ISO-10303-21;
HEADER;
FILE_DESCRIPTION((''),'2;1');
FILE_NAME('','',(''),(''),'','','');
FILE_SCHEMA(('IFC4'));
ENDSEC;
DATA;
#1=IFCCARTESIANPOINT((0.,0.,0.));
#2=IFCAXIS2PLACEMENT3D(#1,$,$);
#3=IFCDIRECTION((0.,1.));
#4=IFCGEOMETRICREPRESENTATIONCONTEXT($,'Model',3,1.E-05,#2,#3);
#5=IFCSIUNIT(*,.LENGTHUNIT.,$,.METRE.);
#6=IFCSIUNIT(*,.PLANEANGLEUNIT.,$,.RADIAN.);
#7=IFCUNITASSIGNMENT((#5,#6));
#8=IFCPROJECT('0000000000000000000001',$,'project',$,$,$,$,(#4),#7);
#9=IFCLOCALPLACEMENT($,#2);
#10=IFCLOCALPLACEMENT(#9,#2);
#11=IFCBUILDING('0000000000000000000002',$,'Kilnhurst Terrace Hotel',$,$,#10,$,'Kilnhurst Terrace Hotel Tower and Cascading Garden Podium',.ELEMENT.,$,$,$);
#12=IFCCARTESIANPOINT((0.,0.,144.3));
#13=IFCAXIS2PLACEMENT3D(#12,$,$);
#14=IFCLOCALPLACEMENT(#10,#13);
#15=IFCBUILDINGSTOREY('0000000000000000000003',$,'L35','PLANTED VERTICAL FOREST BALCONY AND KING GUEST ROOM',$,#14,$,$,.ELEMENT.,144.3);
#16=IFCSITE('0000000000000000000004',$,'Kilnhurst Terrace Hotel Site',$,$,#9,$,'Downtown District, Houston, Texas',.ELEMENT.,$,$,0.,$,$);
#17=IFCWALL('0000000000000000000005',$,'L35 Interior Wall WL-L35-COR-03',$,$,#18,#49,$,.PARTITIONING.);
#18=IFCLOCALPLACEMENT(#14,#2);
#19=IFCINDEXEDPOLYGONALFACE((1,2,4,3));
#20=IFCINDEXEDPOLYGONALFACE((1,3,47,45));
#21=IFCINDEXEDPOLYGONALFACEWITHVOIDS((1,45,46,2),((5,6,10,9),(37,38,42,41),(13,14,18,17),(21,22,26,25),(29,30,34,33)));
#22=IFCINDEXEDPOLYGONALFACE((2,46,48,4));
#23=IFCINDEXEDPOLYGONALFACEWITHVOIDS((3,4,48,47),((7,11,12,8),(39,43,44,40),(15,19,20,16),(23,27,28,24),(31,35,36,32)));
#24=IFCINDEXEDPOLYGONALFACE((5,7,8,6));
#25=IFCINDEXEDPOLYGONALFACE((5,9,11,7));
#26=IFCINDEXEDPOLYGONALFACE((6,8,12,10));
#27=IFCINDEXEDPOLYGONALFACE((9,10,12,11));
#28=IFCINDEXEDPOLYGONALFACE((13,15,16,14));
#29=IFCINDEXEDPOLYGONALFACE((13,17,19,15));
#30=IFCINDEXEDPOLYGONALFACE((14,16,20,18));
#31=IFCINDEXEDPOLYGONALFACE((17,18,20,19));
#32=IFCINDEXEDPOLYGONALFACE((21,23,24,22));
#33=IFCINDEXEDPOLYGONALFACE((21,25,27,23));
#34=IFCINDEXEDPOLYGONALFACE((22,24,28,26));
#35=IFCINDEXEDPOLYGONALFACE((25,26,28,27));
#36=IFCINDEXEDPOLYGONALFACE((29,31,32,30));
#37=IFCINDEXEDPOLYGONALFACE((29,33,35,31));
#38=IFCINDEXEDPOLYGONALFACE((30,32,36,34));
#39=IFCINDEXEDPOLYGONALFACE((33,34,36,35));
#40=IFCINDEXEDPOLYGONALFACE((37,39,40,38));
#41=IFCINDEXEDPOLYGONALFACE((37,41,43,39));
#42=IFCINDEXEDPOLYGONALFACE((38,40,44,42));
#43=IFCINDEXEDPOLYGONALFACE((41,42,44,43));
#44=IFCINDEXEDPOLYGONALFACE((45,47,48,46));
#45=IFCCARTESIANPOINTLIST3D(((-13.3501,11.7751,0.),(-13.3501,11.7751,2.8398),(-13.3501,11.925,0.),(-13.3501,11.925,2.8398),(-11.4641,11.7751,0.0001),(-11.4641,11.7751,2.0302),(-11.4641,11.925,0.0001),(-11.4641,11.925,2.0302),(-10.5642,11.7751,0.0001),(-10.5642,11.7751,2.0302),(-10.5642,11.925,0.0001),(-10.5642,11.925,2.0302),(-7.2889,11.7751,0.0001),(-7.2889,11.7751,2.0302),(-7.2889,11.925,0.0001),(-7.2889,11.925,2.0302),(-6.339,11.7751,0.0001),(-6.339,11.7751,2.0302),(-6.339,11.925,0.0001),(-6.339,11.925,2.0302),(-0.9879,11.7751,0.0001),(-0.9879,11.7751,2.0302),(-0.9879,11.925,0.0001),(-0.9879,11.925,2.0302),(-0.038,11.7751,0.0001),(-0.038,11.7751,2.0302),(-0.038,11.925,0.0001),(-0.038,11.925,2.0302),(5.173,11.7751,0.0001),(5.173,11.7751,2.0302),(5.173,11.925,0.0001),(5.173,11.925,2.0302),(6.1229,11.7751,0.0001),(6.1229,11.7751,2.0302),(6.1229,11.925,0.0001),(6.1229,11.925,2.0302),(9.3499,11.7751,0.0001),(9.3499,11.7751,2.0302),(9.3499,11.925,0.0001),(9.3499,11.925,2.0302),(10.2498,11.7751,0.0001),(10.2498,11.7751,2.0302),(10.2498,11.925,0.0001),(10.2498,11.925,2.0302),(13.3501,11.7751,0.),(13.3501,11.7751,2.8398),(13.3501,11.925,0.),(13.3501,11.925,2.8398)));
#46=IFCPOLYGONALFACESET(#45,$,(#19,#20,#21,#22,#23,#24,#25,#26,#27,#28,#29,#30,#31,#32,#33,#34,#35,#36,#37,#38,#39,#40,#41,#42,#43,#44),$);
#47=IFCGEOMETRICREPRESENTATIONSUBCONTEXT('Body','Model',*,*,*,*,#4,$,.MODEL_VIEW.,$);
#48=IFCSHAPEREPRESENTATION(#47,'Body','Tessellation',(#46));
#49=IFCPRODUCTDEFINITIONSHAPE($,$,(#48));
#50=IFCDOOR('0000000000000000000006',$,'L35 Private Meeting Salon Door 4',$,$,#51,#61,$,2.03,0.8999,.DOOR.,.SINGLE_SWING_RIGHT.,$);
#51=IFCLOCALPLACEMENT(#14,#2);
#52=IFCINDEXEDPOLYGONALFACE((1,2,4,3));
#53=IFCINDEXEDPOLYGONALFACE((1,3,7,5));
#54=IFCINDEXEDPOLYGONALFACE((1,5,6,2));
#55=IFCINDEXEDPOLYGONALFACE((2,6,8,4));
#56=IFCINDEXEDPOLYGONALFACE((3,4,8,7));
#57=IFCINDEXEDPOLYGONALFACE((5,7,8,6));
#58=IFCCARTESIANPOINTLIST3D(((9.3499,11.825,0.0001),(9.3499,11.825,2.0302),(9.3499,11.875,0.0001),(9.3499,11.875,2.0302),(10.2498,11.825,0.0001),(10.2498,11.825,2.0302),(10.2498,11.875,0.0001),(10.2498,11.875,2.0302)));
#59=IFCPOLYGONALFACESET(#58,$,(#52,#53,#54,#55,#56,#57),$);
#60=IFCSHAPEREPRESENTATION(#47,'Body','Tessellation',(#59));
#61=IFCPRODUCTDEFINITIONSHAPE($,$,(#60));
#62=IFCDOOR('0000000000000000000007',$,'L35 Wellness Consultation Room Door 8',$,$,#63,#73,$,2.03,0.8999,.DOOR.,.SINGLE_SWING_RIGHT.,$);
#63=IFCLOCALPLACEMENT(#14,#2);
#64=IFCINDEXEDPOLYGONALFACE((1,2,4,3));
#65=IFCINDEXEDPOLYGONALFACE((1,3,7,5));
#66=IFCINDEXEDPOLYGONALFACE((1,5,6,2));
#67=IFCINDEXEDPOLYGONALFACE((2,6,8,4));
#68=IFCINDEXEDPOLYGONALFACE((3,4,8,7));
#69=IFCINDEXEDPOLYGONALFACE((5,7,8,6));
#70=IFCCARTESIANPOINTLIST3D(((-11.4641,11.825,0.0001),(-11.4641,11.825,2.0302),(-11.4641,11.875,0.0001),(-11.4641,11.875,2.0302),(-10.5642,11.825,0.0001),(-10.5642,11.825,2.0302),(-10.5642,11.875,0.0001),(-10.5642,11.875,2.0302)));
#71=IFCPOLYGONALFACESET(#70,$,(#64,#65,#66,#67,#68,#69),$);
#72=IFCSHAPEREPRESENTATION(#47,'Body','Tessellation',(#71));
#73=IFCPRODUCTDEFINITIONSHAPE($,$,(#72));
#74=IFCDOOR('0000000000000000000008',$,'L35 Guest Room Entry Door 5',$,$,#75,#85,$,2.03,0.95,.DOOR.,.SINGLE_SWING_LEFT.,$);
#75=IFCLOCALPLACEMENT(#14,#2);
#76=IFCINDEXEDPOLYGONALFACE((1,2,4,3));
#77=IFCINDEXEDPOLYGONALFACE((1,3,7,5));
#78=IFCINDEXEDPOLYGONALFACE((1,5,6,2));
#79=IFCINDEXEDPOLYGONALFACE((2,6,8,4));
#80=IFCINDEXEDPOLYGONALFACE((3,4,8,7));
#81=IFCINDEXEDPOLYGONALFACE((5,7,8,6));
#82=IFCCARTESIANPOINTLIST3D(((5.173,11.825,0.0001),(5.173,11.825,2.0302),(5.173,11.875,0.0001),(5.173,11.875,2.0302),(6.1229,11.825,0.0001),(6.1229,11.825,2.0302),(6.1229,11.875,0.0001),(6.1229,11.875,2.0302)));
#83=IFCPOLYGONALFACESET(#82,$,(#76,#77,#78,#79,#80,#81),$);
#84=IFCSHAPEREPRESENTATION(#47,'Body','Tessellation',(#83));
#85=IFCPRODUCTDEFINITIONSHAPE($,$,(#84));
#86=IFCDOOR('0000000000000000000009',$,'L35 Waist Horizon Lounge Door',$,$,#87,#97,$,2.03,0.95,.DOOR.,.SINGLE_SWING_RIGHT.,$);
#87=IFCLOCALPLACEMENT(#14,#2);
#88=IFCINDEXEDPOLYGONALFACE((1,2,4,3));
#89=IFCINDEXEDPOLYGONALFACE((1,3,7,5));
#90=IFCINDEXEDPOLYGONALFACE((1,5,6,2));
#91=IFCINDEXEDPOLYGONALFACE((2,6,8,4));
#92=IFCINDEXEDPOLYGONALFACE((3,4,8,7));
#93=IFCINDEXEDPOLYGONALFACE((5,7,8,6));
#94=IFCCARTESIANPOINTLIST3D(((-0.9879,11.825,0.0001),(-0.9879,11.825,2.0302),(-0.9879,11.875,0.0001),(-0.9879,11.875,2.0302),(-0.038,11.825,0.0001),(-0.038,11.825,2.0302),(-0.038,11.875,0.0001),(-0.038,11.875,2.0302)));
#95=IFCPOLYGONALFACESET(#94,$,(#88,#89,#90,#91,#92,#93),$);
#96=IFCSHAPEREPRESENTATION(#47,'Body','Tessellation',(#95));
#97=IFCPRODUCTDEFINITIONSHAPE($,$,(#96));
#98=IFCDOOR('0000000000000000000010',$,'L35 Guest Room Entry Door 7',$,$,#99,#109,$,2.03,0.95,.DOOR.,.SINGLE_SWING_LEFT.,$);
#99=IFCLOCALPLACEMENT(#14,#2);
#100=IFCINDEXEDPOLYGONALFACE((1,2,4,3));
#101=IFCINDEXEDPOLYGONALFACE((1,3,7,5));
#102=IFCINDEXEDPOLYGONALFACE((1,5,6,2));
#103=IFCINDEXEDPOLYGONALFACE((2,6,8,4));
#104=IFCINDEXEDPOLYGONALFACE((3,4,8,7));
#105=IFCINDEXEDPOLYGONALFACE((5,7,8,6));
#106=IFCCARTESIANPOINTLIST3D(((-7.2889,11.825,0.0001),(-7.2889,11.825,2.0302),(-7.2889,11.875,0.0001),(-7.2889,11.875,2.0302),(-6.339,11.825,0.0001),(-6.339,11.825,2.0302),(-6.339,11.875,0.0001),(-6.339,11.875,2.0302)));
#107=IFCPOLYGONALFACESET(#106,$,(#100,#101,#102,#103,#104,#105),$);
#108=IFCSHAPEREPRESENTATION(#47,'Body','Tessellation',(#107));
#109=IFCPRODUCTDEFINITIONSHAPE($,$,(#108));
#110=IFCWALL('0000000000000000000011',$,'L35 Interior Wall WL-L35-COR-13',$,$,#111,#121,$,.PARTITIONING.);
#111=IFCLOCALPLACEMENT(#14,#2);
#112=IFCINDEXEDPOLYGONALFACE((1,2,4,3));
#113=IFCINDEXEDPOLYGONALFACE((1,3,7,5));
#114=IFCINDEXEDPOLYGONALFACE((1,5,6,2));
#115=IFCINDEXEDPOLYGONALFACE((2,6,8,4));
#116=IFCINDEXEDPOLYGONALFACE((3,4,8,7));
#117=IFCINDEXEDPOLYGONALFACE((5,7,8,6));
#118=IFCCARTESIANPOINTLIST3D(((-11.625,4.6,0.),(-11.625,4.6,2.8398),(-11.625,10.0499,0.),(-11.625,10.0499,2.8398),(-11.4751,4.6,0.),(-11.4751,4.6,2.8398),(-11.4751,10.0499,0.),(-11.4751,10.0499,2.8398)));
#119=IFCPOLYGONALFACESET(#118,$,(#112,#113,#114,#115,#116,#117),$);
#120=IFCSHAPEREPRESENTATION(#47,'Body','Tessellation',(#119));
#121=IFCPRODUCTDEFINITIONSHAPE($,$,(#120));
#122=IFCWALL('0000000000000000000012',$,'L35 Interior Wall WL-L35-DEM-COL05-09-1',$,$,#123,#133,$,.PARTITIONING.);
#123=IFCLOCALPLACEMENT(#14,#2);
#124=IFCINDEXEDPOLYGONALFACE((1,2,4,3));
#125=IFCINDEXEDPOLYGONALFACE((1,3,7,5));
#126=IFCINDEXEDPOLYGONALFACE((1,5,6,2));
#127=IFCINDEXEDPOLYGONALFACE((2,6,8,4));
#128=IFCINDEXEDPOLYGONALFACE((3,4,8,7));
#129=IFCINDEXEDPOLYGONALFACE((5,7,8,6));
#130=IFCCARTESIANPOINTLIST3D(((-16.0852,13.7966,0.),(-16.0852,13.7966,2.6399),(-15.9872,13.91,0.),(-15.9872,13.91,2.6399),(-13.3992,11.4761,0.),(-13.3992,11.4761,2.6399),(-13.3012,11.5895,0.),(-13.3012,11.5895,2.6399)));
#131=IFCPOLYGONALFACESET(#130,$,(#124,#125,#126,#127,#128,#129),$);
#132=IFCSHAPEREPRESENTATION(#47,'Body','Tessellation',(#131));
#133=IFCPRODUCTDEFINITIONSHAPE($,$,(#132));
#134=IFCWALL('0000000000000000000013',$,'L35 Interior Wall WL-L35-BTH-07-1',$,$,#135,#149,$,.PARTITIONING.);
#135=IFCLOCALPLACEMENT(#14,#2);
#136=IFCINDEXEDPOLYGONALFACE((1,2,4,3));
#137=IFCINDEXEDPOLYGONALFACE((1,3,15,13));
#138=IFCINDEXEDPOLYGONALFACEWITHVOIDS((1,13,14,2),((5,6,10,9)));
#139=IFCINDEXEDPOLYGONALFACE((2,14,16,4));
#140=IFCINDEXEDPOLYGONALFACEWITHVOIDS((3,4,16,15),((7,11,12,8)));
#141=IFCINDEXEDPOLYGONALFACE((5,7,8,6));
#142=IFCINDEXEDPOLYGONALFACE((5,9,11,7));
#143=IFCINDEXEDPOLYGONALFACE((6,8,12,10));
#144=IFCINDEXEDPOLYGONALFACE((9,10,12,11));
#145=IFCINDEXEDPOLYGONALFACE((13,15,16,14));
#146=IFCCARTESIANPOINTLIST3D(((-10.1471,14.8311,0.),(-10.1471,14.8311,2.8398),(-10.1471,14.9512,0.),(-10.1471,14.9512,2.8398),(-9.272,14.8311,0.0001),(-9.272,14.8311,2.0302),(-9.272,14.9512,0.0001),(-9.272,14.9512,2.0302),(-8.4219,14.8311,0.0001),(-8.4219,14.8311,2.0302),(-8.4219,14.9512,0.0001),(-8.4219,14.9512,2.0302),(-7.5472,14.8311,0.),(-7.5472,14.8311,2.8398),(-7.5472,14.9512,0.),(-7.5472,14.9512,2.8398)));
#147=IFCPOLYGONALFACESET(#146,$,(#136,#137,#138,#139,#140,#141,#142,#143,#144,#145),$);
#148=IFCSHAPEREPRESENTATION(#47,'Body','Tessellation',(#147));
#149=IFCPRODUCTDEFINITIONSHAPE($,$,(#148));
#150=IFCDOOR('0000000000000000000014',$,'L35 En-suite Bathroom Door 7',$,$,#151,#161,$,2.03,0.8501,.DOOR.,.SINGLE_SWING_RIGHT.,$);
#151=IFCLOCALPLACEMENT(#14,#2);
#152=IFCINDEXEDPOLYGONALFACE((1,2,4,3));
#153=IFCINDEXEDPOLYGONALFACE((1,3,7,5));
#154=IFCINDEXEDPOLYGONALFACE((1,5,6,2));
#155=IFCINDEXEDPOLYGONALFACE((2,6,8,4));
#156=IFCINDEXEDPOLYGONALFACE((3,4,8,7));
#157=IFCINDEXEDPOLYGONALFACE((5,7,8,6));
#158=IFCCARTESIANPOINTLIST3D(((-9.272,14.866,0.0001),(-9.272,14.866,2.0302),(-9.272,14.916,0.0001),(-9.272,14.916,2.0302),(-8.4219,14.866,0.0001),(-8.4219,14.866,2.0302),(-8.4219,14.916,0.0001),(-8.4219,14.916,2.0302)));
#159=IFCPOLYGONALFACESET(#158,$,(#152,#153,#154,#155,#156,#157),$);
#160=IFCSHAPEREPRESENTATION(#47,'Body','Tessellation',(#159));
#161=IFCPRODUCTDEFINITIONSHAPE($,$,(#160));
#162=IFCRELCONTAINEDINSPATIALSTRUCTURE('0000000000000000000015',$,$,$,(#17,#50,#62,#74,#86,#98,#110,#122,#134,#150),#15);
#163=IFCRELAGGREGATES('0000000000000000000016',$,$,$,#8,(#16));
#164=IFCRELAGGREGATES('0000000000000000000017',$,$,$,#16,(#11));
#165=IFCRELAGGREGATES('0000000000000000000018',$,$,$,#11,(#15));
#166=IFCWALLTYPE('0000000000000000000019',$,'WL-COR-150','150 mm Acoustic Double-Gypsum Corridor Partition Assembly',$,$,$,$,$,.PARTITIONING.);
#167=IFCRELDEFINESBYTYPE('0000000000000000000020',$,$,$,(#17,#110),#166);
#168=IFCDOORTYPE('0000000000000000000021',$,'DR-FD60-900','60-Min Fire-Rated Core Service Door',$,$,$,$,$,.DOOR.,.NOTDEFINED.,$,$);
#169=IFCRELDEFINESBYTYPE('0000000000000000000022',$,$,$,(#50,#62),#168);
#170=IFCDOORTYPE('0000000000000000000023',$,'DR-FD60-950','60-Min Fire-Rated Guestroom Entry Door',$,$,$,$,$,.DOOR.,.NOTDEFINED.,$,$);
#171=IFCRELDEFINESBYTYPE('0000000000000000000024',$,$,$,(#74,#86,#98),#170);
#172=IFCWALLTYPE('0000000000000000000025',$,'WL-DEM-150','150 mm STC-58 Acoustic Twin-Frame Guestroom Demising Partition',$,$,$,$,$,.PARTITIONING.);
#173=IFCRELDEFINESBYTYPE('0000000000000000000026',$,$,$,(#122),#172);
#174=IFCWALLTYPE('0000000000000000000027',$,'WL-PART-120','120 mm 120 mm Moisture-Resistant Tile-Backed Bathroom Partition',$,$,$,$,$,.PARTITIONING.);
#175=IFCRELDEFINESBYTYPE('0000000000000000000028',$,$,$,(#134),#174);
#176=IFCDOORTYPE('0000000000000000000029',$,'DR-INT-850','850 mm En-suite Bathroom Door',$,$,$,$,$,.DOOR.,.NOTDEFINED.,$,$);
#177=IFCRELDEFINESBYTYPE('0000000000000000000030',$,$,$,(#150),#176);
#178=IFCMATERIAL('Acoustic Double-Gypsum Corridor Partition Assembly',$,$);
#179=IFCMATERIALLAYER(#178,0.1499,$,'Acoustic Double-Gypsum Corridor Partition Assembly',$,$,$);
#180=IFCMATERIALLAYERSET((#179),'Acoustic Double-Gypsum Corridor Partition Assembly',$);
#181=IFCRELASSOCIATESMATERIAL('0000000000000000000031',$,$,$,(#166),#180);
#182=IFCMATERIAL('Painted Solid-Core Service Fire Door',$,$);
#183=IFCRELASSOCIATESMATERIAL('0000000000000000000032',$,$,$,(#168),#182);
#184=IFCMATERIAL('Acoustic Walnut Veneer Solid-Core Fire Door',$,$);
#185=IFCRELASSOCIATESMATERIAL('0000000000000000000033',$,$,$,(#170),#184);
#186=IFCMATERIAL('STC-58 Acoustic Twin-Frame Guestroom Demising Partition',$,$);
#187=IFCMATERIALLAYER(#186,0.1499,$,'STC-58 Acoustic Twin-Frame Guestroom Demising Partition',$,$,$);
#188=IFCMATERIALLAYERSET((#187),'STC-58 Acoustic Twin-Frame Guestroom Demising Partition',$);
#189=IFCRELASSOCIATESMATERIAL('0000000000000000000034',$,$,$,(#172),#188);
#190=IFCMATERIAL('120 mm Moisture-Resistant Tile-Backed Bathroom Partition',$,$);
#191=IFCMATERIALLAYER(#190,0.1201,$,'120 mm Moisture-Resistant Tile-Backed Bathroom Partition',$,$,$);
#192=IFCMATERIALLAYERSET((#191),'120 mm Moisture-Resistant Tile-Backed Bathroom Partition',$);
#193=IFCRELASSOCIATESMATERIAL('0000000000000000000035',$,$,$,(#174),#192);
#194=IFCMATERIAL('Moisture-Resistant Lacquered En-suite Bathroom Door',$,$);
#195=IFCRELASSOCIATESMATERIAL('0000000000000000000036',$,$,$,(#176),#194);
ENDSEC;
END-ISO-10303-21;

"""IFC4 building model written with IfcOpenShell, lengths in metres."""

from ifc_helpers import new_model, si_unit, direction, frame, frame_2d, origin, place, context, subcontext, project, spatial, rectangle, extrude, material, layer, layer_set, type_object, element, fill, save


model = new_model("IFC4")

# Units and contexts
model_context = context("Model", 3, precision=1e-05, world=origin(), true_north=direction((0.0, 1.0)))
body_context = subcontext(model_context, "Body", "Model", "MODEL_VIEW")
ifc_project = project(units=[si_unit("LENGTHUNIT", "METRE"), si_unit("PLANEANGLEUNIT", "RADIAN")], contexts=[model_context])

# Site, building, storey
site_placement = place(None, origin())
site = spatial("IfcSite", under=ifc_project, at=site_placement, Name="Kilnhurst Terrace Hotel Site", LongName="Downtown District, Houston, Texas", CompositionType="ELEMENT", RefElevation=0.0)
building_placement = place(site_placement, origin())
building = spatial("IfcBuilding", under=site, at=building_placement, Name="Kilnhurst Terrace Hotel", LongName="Kilnhurst Terrace Hotel Tower and Cascading Garden Podium", CompositionType="ELEMENT")
storey_placement = place(building_placement, frame((0.0, 0.0, 144.3)))
storey = spatial("IfcBuildingStorey", under=building, at=storey_placement, Name="L35", Description="PLANTED VERTICAL FOREST BALCONY AND KING GUEST ROOM", CompositionType="ELEMENT", Elevation=144.3)

# Wall, openings, doors
ifc_material_1 = material(Name="Acoustic Double-Gypsum Corridor Partition Assembly")
ifc_layer_1 = layer(ifc_material_1, 0.1499, Name="Acoustic Double-Gypsum Corridor Partition Assembly")
ifc_layer_set_1 = layer_set([ifc_layer_1], Name="Acoustic Double-Gypsum Corridor Partition Assembly")
wall_type_1 = type_object("IfcWallType", Name="WL-COR-150", Description="150 mm Acoustic Double-Gypsum Corridor Partition Assembly", PredefinedType="PARTITIONING", material=ifc_layer_set_1)
wall_1_placement = place(storey_placement, frame((-13.3501, 11.8501, 0.0), z_axis=(0.0, 0.0, 1.0), x_axis=(1.0, 0.0, 0.0)))
wall_1 = element("IfcWall", 1, at=wall_1_placement, inside=storey, type_object=wall_type_1, Name="L35 Interior Wall WL-L35-COR-03", PredefinedType="PARTITIONING", context=body_context, shape_type="SweptSolid", body=[
    extrude(rectangle(XDim=26.7002, YDim=0.1499, at=frame_2d((13.3501, 0.0))), origin(), (0.0, 0.0, 1.0), 2.8398),
])
opening_1_placement = place(wall_1_placement, frame((22.7, 0.0, 0.0)))
opening_1 = element("IfcOpeningElement", 2, at=opening_1_placement, cuts=wall_1, PredefinedType="OPENING", context=body_context, shape_type="SweptSolid", body=[
    extrude(rectangle(XDim=0.8999, YDim=2.03, at=frame_2d((0.45, 1.0151))), frame((0.0, 0.085, 0.0), z_axis=(0.0, -1.0, 0.0), x_axis=(1.0, 0.0, 0.0)), (0.0, 0.0, 1.0), 0.1699),
])
opening_2_placement = place(wall_1_placement, frame((18.5229, 0.0, 0.0)))
opening_2 = element("IfcOpeningElement", 3, at=opening_2_placement, cuts=wall_1, PredefinedType="OPENING", context=body_context, shape_type="SweptSolid", body=[
    extrude(rectangle(XDim=0.95, YDim=2.03, at=frame_2d((0.4751, 1.0151))), frame((0.0, 0.085, 0.0), z_axis=(0.0, -1.0, 0.0), x_axis=(1.0, 0.0, 0.0)), (0.0, 0.0, 1.0), 0.1699),
])
opening_3_placement = place(wall_1_placement, frame((12.3621, 0.0, 0.0)))
opening_3 = element("IfcOpeningElement", 4, at=opening_3_placement, cuts=wall_1, PredefinedType="OPENING", context=body_context, shape_type="SweptSolid", body=[
    extrude(rectangle(XDim=0.95, YDim=2.03, at=frame_2d((0.4751, 1.0151))), frame((0.0, 0.085, 0.0), z_axis=(0.0, -1.0, 0.0), x_axis=(1.0, 0.0, 0.0)), (0.0, 0.0, 1.0), 0.1699),
])
opening_4_placement = place(wall_1_placement, frame((6.061, 0.0, 0.0)))
opening_4 = element("IfcOpeningElement", 5, at=opening_4_placement, cuts=wall_1, PredefinedType="OPENING", context=body_context, shape_type="SweptSolid", body=[
    extrude(rectangle(XDim=0.95, YDim=2.03, at=frame_2d((0.4751, 1.0151))), frame((0.0, 0.085, 0.0), z_axis=(0.0, -1.0, 0.0), x_axis=(1.0, 0.0, 0.0)), (0.0, 0.0, 1.0), 0.1699),
])
opening_5_placement = place(wall_1_placement, frame((1.886, 0.0, 0.0)))
opening_5 = element("IfcOpeningElement", 6, at=opening_5_placement, cuts=wall_1, PredefinedType="OPENING", context=body_context, shape_type="SweptSolid", body=[
    extrude(rectangle(XDim=0.8999, YDim=2.03, at=frame_2d((0.45, 1.0151))), frame((0.0, 0.085, 0.0), z_axis=(0.0, -1.0, 0.0), x_axis=(1.0, 0.0, 0.0)), (0.0, 0.0, 1.0), 0.1699),
])
ifc_material_2 = material(Name="Painted Solid-Core Service Fire Door")
door_type_1 = type_object("IfcDoorType", Name="DR-FD60-900", Description="60-Min Fire-Rated Core Service Door", OperationType="NOTDEFINED", PredefinedType="DOOR", material=ifc_material_2)
door_1_placement = place(opening_1_placement, origin())
door_1 = element("IfcDoor", 7, at=door_1_placement, inside=storey, type_object=door_type_1, Name="L35 Private Meeting Salon Door 4", OperationType="SINGLE_SWING_RIGHT", OverallHeight=2.03, OverallWidth=0.8999, PredefinedType="DOOR", context=body_context, shape_type="SweptSolid", body=[
    extrude(rectangle(XDim=0.8999, YDim=2.03, at=frame_2d((0.45, 1.0151))), frame((0.0, 0.0249, 0.0), z_axis=(0.0, -1.0, 0.0), x_axis=(1.0, 0.0, 0.0)), (0.0, 0.0, 1.0), 0.05),
])
fill(opening_1, door_1)
door_2_placement = place(opening_5_placement, origin())
door_2 = element("IfcDoor", 8, at=door_2_placement, inside=storey, type_object=door_type_1, Name="L35 Wellness Consultation Room Door 8", OperationType="SINGLE_SWING_RIGHT", OverallHeight=2.03, OverallWidth=0.8999, PredefinedType="DOOR", context=body_context, shape_type="SweptSolid", body=[
    extrude(rectangle(XDim=0.8999, YDim=2.03, at=frame_2d((0.45, 1.0151))), frame((0.0, 0.0249, 0.0), z_axis=(0.0, -1.0, 0.0), x_axis=(1.0, 0.0, 0.0)), (0.0, 0.0, 1.0), 0.05),
])
fill(opening_5, door_2)
ifc_material_3 = material(Name="Acoustic Walnut Veneer Solid-Core Fire Door")
door_type_2 = type_object("IfcDoorType", Name="DR-FD60-950", Description="60-Min Fire-Rated Guestroom Entry Door", OperationType="NOTDEFINED", PredefinedType="DOOR", material=ifc_material_3)
door_3_placement = place(opening_2_placement, origin())
door_3 = element("IfcDoor", 9, at=door_3_placement, inside=storey, type_object=door_type_2, Name="L35 Guest Room Entry Door 5", OperationType="SINGLE_SWING_LEFT", OverallHeight=2.03, OverallWidth=0.95, PredefinedType="DOOR", context=body_context, shape_type="SweptSolid", body=[
    extrude(rectangle(XDim=0.95, YDim=2.03, at=frame_2d((0.4751, 1.0151))), frame((0.0, 0.0249, 0.0), z_axis=(0.0, -1.0, 0.0), x_axis=(1.0, 0.0, 0.0)), (0.0, 0.0, 1.0), 0.05),
])
fill(opening_2, door_3)
door_4_placement = place(opening_3_placement, origin())
door_4 = element("IfcDoor", 10, at=door_4_placement, inside=storey, type_object=door_type_2, Name="L35 Waist Horizon Lounge Door", OperationType="SINGLE_SWING_RIGHT", OverallHeight=2.03, OverallWidth=0.95, PredefinedType="DOOR", context=body_context, shape_type="SweptSolid", body=[
    extrude(rectangle(XDim=0.95, YDim=2.03, at=frame_2d((0.4751, 1.0151))), frame((0.0, 0.0249, 0.0), z_axis=(0.0, -1.0, 0.0), x_axis=(1.0, 0.0, 0.0)), (0.0, 0.0, 1.0), 0.05),
])
fill(opening_3, door_4)
door_5_placement = place(opening_4_placement, origin())
door_5 = element("IfcDoor", 11, at=door_5_placement, inside=storey, type_object=door_type_2, Name="L35 Guest Room Entry Door 7", OperationType="SINGLE_SWING_LEFT", OverallHeight=2.03, OverallWidth=0.95, PredefinedType="DOOR", context=body_context, shape_type="SweptSolid", body=[
    extrude(rectangle(XDim=0.95, YDim=2.03, at=frame_2d((0.4751, 1.0151))), frame((0.0, 0.0249, 0.0), z_axis=(0.0, -1.0, 0.0), x_axis=(1.0, 0.0, 0.0)), (0.0, 0.0, 1.0), 0.05),
])
fill(opening_4, door_5)

# Walls
wall_2_placement = place(storey_placement, frame((-11.55, 10.05, 0.0), z_axis=(0.0, 0.0, 1.0), x_axis=(0.0, -1.0, 0.0)))
element("IfcWall", 12, at=wall_2_placement, inside=storey, type_object=wall_type_1, Name="L35 Interior Wall WL-L35-COR-13", PredefinedType="PARTITIONING", context=body_context, shape_type="SweptSolid", body=[
    extrude(rectangle(XDim=5.45, YDim=0.1499, at=frame_2d((2.7251, 0.0))), origin(), (0.0, 0.0, 1.0), 2.8398),
])
ifc_material_4 = material(Name="STC-58 Acoustic Twin-Frame Guestroom Demising Partition")
ifc_layer_2 = layer(ifc_material_4, 0.1499, Name="STC-58 Acoustic Twin-Frame Guestroom Demising Partition")
ifc_layer_set_2 = layer_set([ifc_layer_2], Name="STC-58 Acoustic Twin-Frame Guestroom Demising Partition")
wall_type_2 = type_object("IfcWallType", Name="WL-DEM-150", Description="150 mm STC-58 Acoustic Twin-Frame Guestroom Demising Partition", PredefinedType="PARTITIONING", material=ifc_layer_set_2)
wall_3_placement = place(storey_placement, frame((-13.3501, 11.5327, 0.0), z_axis=(0.0, 0.0, 1.0), x_axis=(-0.756712, 0.653749, 0.0)))
element("IfcWall", 13, at=wall_3_placement, inside=storey, type_object=wall_type_2, Name="L35 Interior Wall WL-L35-DEM-COL05-09-1", PredefinedType="PARTITIONING", context=body_context, shape_type="SweptSolid", body=[
    extrude(rectangle(XDim=3.5496, YDim=0.1499, at=frame_2d((1.7749, 0.0))), origin(), (0.0, 0.0, 1.0), 2.6399),
])

# Wall, opening, door
ifc_material_5 = material(Name="120 mm Moisture-Resistant Tile-Backed Bathroom Partition")
ifc_layer_3 = layer(ifc_material_5, 0.1201, Name="120 mm Moisture-Resistant Tile-Backed Bathroom Partition")
ifc_layer_set_3 = layer_set([ifc_layer_3], Name="120 mm Moisture-Resistant Tile-Backed Bathroom Partition")
wall_type_3 = type_object("IfcWallType", Name="WL-PART-120", Description="120 mm 120 mm Moisture-Resistant Tile-Backed Bathroom Partition", PredefinedType="PARTITIONING", material=ifc_layer_set_3)
wall_4_placement = place(storey_placement, frame((-10.147, 14.8911, 0.0), z_axis=(0.0, 0.0, 1.0), x_axis=(1.0, 0.0, 0.0)))
wall_4 = element("IfcWall", 14, at=wall_4_placement, inside=storey, type_object=wall_type_3, Name="L35 Interior Wall WL-L35-BTH-07-1", PredefinedType="PARTITIONING", context=body_context, shape_type="SweptSolid", body=[
    extrude(rectangle(XDim=2.5999, YDim=0.1201, at=frame_2d((1.2998, 0.0))), origin(), (0.0, 0.0, 1.0), 2.8398),
])
opening_6_placement = place(wall_4_placement, frame((0.875, 0.0, 0.0)))
opening_6 = element("IfcOpeningElement", 15, at=opening_6_placement, cuts=wall_4, PredefinedType="OPENING", context=body_context, shape_type="SweptSolid", body=[
    extrude(rectangle(XDim=0.8501, YDim=2.03, at=frame_2d((0.425, 1.0151))), frame((0.0, 0.0701, 0.0), z_axis=(0.0, -1.0, 0.0), x_axis=(1.0, 0.0, 0.0)), (0.0, 0.0, 1.0), 0.1401),
])
ifc_material_6 = material(Name="Moisture-Resistant Lacquered En-suite Bathroom Door")
door_type_3 = type_object("IfcDoorType", Name="DR-INT-850", Description="850 mm En-suite Bathroom Door", OperationType="NOTDEFINED", PredefinedType="DOOR", material=ifc_material_6)
door_6_placement = place(opening_6_placement, origin())
door_6 = element("IfcDoor", 16, at=door_6_placement, inside=storey, type_object=door_type_3, Name="L35 En-suite Bathroom Door 7", OperationType="SINGLE_SWING_RIGHT", OverallHeight=2.03, OverallWidth=0.8501, PredefinedType="DOOR", context=body_context, shape_type="SweptSolid", body=[
    extrude(rectangle(XDim=0.8501, YDim=2.03, at=frame_2d((0.425, 1.0151))), frame((0.0, 0.0249, 0.0), z_axis=(0.0, -1.0, 0.0), x_axis=(1.0, 0.0, 0.0)), (0.0, 0.0, 1.0), 0.05),
])
fill(opening_6, door_6)

save(model, "model.ifc")
